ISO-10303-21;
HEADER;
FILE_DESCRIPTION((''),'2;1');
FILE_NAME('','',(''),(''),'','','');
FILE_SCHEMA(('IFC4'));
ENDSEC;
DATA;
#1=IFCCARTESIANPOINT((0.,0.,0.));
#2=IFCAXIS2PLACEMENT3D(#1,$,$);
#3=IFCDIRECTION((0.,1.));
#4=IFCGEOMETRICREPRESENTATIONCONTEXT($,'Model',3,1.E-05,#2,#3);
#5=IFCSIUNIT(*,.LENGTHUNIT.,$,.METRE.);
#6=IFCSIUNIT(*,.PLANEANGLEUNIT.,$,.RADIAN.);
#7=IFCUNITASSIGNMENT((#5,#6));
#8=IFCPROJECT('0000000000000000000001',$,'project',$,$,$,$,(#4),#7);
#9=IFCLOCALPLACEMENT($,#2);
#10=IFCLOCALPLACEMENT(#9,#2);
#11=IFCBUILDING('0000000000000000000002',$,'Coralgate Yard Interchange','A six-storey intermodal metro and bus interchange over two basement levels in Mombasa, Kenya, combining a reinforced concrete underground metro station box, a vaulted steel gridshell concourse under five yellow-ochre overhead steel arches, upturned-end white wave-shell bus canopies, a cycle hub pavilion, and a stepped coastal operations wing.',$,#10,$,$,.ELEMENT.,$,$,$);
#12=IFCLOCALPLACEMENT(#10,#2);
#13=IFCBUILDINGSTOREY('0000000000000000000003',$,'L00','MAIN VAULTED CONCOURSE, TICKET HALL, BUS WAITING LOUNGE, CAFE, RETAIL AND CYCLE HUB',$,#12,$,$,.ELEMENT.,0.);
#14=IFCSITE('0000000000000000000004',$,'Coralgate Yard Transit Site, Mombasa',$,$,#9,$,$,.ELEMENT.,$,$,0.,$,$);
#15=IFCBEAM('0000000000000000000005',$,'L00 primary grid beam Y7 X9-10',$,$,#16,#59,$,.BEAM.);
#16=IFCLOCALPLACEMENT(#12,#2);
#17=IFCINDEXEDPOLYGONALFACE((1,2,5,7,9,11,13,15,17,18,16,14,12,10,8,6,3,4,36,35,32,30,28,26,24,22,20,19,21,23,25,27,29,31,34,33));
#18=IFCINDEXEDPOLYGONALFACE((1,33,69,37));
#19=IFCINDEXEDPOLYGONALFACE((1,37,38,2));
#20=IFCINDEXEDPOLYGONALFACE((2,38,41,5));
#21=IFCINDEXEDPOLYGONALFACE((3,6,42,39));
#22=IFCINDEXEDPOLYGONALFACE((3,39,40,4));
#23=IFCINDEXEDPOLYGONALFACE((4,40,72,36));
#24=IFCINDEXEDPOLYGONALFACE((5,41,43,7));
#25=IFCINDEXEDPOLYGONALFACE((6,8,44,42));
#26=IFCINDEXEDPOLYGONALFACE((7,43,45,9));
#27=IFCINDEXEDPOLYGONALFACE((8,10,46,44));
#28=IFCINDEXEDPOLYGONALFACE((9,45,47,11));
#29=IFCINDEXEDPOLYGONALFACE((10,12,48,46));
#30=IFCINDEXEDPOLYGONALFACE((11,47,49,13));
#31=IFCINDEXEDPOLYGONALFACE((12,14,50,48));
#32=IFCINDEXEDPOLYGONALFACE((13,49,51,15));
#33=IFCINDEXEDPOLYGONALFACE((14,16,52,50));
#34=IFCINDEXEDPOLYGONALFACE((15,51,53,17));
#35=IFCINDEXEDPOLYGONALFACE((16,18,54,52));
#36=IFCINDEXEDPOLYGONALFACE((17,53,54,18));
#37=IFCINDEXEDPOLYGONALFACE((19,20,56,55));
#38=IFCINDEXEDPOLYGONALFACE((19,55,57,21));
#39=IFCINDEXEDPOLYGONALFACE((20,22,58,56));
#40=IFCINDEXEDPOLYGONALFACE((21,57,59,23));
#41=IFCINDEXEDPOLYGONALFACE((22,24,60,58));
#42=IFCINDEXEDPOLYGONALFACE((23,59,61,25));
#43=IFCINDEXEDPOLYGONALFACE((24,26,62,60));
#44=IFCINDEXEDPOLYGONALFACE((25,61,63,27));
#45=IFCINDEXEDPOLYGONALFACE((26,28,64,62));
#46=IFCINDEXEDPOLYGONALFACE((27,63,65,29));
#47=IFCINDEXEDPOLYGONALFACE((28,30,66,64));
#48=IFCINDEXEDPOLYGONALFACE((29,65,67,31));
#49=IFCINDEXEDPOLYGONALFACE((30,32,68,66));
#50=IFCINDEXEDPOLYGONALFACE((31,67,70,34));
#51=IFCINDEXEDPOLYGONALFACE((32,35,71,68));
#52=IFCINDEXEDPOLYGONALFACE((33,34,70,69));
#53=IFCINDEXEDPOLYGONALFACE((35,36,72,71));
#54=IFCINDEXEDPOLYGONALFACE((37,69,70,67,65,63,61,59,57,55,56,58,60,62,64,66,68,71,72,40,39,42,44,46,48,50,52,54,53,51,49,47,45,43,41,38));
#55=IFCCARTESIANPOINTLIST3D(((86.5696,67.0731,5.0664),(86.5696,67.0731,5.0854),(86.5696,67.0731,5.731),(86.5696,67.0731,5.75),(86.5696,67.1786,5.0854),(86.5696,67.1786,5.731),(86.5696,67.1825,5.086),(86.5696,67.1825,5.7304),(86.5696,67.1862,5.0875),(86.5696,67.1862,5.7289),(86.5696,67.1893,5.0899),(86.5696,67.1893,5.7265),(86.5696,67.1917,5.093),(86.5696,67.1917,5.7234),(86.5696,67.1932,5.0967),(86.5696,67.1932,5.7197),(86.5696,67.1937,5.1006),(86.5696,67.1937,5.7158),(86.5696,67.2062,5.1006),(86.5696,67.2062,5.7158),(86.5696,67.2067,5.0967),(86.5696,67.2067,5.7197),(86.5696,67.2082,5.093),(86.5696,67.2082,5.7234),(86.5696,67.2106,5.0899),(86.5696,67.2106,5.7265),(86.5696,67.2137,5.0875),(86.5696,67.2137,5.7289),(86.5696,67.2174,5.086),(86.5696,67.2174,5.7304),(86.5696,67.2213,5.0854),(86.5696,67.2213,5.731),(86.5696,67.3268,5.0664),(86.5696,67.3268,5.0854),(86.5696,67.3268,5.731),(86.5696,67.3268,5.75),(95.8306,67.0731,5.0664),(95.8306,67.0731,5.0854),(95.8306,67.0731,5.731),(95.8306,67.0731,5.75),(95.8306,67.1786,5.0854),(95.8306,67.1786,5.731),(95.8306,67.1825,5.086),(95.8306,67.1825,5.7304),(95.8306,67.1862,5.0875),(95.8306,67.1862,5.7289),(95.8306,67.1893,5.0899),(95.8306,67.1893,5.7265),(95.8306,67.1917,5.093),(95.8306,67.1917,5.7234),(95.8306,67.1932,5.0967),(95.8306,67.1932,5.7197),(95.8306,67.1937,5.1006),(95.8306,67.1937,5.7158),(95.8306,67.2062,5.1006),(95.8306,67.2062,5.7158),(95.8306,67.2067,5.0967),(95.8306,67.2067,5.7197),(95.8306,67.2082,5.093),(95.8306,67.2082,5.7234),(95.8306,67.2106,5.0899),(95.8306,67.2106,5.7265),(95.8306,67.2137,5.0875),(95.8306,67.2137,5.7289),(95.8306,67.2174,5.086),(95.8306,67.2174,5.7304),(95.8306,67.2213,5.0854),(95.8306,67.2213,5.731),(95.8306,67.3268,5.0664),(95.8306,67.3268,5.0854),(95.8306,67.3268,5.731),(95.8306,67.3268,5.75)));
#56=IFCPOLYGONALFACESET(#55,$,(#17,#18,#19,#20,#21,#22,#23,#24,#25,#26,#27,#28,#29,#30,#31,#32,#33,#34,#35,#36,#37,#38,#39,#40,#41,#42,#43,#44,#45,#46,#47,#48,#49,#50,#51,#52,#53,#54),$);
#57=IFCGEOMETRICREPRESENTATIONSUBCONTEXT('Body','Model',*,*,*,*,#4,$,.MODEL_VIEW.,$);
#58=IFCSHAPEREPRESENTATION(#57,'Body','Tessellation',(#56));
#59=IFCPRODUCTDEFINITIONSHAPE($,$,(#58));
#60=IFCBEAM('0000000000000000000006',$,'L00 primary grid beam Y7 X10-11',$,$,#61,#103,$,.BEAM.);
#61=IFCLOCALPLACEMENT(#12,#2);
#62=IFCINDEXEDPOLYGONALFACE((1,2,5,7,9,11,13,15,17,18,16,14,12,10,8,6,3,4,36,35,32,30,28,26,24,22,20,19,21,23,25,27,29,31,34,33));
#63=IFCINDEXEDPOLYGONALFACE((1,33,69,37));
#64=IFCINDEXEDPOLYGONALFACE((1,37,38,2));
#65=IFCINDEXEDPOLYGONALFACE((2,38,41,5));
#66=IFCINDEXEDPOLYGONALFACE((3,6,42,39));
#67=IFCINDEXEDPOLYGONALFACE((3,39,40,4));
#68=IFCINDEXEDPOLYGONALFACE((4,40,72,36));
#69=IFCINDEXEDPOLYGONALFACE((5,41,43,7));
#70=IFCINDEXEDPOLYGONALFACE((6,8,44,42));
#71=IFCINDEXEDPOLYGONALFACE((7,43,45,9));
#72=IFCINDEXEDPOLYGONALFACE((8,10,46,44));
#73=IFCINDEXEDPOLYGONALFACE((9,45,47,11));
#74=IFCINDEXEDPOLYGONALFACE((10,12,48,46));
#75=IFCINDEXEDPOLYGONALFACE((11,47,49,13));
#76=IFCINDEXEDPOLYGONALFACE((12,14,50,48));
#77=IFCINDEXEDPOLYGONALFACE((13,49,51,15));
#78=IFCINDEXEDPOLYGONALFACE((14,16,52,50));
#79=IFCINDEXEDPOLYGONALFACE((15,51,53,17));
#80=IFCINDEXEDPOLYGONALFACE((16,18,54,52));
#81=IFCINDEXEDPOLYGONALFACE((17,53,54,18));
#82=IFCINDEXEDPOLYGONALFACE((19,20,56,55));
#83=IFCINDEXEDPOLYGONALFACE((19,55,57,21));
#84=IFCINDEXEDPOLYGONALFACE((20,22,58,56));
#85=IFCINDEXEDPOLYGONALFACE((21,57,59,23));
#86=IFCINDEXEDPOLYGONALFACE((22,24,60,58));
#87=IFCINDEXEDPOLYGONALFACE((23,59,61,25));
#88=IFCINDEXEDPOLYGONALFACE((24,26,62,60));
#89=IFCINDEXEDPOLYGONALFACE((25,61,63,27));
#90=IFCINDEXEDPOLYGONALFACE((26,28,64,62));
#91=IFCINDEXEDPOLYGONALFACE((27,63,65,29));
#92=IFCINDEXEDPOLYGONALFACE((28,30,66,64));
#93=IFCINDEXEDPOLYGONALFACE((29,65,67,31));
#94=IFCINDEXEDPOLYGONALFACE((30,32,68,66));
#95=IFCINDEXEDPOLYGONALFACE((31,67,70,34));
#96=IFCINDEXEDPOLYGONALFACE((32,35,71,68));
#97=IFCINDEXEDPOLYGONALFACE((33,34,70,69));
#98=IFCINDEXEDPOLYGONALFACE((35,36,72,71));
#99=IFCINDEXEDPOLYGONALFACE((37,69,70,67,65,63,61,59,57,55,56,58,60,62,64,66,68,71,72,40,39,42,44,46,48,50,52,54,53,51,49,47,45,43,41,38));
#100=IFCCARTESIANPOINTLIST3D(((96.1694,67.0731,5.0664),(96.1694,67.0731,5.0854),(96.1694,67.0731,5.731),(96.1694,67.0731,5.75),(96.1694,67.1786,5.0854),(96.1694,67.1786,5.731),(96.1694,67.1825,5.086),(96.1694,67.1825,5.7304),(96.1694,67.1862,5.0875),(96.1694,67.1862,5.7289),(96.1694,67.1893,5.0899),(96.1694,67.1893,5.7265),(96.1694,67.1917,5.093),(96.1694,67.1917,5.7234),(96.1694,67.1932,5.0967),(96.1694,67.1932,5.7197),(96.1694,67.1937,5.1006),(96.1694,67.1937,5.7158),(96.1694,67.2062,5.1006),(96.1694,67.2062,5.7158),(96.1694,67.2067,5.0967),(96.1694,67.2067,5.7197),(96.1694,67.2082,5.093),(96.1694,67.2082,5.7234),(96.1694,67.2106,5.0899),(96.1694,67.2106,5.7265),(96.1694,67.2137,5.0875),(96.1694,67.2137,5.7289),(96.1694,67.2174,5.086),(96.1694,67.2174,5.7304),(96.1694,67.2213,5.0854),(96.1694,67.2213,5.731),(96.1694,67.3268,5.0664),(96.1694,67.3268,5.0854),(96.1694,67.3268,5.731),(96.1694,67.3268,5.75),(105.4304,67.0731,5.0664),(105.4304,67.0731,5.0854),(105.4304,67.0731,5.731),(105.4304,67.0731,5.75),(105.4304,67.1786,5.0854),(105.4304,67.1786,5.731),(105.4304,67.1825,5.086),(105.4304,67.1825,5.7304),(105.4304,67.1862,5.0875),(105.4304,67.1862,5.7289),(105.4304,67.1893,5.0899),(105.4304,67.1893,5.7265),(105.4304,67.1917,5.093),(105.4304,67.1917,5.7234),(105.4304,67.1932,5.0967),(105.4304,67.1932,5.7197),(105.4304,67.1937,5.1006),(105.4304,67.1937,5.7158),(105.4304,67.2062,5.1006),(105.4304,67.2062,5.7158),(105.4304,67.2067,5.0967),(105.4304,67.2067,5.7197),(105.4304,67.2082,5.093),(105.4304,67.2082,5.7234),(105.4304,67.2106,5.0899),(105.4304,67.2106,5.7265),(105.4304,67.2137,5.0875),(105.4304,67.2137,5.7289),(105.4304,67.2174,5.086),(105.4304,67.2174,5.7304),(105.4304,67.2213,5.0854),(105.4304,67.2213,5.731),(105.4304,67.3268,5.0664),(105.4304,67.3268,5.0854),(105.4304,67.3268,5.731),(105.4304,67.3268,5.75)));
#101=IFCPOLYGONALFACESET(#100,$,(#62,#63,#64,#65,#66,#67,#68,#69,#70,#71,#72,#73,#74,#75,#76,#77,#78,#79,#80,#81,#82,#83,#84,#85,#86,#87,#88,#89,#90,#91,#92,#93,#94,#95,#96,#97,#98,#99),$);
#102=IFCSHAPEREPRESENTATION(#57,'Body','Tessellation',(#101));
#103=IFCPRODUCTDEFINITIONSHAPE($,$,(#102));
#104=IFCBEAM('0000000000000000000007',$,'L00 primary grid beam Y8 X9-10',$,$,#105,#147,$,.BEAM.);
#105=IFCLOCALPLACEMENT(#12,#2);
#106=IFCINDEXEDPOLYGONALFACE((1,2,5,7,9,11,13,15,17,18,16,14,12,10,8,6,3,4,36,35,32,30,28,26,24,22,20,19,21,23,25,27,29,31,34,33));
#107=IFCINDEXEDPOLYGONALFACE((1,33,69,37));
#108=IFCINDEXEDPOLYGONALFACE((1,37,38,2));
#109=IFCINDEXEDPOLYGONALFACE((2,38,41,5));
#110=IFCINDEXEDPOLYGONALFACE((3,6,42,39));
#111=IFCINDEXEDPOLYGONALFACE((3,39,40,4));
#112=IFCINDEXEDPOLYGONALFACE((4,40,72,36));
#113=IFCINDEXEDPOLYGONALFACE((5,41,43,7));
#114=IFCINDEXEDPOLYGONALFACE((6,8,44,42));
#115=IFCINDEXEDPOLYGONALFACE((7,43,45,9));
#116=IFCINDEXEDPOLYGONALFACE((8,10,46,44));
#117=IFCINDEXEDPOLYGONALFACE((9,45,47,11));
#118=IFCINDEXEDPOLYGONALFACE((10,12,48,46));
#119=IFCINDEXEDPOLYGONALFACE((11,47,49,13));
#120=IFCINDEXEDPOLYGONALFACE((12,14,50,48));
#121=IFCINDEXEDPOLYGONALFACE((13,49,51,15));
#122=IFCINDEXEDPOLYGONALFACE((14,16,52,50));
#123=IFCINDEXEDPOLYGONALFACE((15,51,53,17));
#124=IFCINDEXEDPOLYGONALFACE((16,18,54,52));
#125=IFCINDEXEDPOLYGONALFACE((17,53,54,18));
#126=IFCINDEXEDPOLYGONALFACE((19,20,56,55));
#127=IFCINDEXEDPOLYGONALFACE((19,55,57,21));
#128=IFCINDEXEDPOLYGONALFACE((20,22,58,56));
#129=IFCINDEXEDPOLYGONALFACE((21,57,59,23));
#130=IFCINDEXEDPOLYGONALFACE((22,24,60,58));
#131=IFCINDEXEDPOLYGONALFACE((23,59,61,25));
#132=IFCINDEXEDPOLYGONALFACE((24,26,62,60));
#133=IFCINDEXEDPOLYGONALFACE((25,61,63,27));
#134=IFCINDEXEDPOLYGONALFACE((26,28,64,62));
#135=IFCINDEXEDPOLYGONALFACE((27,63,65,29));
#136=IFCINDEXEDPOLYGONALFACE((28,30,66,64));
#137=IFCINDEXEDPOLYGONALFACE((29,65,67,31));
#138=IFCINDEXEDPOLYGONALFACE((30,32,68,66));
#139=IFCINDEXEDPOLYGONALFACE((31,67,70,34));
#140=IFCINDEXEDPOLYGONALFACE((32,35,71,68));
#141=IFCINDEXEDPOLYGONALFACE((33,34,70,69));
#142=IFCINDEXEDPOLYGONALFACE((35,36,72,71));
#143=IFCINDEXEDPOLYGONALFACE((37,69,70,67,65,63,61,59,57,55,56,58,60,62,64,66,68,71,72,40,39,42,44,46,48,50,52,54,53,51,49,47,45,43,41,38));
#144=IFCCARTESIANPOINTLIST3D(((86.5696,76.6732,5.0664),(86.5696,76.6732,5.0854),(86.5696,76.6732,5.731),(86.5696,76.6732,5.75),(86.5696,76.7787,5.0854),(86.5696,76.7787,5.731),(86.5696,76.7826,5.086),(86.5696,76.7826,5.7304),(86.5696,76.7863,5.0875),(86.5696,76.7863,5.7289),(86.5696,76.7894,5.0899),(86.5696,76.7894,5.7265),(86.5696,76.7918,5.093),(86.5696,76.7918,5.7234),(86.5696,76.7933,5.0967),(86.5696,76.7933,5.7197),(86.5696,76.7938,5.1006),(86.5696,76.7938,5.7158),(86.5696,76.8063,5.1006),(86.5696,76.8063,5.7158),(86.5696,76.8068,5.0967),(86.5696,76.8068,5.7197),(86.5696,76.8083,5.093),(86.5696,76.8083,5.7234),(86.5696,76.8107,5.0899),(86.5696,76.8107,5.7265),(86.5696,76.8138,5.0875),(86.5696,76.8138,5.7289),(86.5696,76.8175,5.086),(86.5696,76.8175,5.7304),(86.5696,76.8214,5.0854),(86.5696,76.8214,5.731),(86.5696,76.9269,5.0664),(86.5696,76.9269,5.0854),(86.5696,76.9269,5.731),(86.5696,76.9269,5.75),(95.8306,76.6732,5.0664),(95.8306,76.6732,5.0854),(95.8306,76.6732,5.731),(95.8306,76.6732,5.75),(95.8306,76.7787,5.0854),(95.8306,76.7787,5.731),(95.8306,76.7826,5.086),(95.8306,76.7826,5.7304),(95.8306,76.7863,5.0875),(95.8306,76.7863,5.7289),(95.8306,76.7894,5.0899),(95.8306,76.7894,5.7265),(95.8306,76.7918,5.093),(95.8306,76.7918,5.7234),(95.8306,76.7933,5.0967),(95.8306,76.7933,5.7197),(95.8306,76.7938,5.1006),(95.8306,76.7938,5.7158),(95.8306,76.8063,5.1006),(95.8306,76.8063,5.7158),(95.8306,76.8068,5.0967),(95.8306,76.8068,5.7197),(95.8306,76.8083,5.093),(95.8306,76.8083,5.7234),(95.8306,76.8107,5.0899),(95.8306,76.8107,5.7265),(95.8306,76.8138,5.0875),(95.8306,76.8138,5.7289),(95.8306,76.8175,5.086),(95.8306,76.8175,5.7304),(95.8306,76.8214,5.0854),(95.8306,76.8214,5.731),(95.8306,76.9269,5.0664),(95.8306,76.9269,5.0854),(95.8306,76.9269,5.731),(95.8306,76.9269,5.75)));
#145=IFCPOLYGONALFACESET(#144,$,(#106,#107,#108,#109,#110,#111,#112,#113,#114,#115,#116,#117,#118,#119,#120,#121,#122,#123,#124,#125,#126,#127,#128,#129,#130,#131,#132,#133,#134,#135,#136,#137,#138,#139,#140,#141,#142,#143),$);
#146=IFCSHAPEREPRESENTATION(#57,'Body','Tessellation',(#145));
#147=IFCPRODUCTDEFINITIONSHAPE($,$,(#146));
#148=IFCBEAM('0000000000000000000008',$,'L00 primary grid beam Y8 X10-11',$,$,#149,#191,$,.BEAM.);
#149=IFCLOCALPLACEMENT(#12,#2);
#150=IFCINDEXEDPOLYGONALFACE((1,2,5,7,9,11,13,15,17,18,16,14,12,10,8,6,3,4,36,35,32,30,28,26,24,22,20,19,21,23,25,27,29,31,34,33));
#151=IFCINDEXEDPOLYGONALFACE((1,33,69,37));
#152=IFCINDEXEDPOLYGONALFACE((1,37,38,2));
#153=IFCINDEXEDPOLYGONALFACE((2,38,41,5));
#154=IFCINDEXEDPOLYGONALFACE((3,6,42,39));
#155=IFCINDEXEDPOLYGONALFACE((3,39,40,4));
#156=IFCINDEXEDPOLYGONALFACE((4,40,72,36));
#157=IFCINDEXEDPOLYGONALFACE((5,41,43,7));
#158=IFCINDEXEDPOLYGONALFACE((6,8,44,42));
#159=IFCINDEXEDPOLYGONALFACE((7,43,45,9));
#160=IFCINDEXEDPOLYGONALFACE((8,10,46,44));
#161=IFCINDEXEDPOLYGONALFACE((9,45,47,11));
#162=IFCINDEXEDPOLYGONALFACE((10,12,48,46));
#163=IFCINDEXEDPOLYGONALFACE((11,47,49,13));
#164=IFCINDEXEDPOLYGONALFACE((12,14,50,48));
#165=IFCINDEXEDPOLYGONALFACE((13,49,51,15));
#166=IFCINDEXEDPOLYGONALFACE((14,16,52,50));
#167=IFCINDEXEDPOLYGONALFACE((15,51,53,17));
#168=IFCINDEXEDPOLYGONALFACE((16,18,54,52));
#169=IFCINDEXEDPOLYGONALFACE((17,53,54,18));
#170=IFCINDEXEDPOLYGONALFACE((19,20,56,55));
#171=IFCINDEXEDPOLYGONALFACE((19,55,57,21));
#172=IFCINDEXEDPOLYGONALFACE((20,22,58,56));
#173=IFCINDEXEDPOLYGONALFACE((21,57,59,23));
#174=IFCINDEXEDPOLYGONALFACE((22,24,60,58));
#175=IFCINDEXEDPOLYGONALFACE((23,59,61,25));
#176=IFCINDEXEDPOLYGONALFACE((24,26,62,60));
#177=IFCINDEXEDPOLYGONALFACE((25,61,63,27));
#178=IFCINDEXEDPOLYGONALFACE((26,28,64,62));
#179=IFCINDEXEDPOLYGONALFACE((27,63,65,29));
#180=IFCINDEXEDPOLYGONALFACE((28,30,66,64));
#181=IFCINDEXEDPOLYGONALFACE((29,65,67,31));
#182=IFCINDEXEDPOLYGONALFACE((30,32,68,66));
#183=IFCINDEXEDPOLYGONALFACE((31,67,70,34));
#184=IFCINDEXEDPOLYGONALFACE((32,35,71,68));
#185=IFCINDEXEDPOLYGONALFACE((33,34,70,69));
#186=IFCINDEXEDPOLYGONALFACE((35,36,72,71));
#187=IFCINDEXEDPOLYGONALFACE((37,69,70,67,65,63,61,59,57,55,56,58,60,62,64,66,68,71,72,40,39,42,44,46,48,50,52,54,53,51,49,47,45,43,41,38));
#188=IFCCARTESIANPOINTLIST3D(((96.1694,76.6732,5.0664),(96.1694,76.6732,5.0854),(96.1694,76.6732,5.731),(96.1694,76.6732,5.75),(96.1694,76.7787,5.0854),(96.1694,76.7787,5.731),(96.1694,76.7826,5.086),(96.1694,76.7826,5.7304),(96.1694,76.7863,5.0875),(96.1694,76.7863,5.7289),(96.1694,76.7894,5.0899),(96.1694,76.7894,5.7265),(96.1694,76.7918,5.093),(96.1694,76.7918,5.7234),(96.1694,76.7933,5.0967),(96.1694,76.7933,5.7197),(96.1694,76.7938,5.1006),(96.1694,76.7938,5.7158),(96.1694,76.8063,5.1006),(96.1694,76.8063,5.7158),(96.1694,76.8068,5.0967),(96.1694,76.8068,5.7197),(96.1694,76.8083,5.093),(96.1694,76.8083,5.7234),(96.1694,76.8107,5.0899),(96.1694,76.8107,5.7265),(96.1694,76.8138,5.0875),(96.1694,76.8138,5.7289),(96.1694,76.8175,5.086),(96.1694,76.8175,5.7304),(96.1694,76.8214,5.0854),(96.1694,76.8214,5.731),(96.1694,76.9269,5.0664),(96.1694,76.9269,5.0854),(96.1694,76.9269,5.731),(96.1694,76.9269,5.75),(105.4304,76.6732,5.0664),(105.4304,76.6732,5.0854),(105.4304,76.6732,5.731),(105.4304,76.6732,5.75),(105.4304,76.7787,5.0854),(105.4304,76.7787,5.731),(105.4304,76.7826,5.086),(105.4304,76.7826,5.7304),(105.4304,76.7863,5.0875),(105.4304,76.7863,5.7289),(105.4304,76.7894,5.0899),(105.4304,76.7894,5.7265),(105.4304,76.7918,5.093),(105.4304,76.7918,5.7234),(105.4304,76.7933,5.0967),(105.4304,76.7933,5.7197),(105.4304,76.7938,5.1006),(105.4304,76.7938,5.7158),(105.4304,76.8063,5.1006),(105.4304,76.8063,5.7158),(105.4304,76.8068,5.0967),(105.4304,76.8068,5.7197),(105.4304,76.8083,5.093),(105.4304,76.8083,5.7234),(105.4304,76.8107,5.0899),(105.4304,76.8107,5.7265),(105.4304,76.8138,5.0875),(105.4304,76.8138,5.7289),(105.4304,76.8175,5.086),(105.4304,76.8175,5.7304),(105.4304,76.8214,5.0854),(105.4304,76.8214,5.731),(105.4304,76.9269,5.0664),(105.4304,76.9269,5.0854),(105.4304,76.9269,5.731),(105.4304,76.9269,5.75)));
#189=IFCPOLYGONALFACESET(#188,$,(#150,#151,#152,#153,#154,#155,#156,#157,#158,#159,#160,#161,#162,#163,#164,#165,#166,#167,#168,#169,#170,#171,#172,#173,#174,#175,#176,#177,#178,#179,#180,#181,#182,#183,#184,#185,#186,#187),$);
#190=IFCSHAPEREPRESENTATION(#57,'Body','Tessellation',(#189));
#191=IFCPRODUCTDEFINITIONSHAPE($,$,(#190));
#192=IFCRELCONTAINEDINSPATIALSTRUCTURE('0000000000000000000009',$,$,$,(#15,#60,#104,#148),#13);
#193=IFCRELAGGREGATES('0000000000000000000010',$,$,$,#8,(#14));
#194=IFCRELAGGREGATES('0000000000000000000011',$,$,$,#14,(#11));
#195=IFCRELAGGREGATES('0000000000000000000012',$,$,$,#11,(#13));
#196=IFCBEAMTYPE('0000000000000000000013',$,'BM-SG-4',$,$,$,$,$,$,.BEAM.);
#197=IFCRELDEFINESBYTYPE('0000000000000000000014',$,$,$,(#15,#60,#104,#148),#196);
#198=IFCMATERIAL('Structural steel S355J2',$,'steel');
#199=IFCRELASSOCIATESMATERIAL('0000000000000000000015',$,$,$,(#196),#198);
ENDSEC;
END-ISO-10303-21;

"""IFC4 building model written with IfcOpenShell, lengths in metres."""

from ifc_helpers import new_model, si_unit, direction, frame, origin, origin_2d, place, context, subcontext, project, spatial, i_section, extrude, material, material_profile, profile_set, type_object, element, save


model = new_model("IFC4")

# Units and contexts
model_context = context("Model", 3, precision=1e-05, world=origin(), true_north=direction((0.0, 1.0)))
body_context = subcontext(model_context, "Body", "Model", "MODEL_VIEW")
ifc_project = project(units=[si_unit("LENGTHUNIT", "METRE"), si_unit("PLANEANGLEUNIT", "RADIAN")], contexts=[model_context])

# Site, building, storey
site_placement = place(None, origin())
site = spatial("IfcSite", under=ifc_project, at=site_placement, Name="Coralgate Yard Transit Site, Mombasa", CompositionType="ELEMENT", RefElevation=0.0)
building_placement = place(site_placement, origin())
building = spatial("IfcBuilding", under=site, at=building_placement, Name="Coralgate Yard Interchange", Description="A six-storey intermodal metro and bus interchange over two basement levels in Mombasa, Kenya, combining a reinforced concrete underground metro station box, a vaulted steel gridshell concourse under five yellow-ochre overhead steel arches, upturned-end white wave-shell bus canopies, a cycle hub pavilion, and a stepped coastal operations wing.", CompositionType="ELEMENT")
storey_placement = place(building_placement, origin())
storey = spatial("IfcBuildingStorey", under=building, at=storey_placement, Name="L00", Description="MAIN VAULTED CONCOURSE, TICKET HALL, BUS WAITING LOUNGE, CAFE, RETAIL AND CYCLE HUB", CompositionType="ELEMENT", Elevation=0.0)

# Shared definitions
ifc_material_1 = material(Name="Structural steel S355J2", Category="steel")

# Beams
ifc_material_profile_1 = material_profile(ifc_material_1, i_section(OverallWidth=0.2537, OverallDepth=0.6836, WebThickness=0.0125, FlangeThickness=0.019, FilletRadius=0.0151, at=origin_2d()), Name="UB 686x254x140")
ifc_profile_set_1 = profile_set([ifc_material_profile_1], Name="Structural steel S355J2")
beam_type_1 = type_object("IfcBeamType", Name="BM-SG-4", PredefinedType="BEAM", material=ifc_profile_set_1)
for number, where, z_axis, x_axis, name in (
    (1, (86.5696, 67.2, 5.4082), (1.0, 0.0, 0.0), (0.0, 1.0, 0.0), "L00 primary grid beam Y7 X9-10"),
    (2, (96.1694, 67.2, 5.4082), (1.0, 0.0, 0.0), (0.0, 1.0, 0.0), "L00 primary grid beam Y7 X10-11"),
    (3, (86.5696, 76.8, 5.4082), (1.0, 0.0, 0.0), (0.0, 1.0, 0.0), "L00 primary grid beam Y8 X9-10"),
    (4, (96.1694, 76.8, 5.4082), (1.0, 0.0, 0.0), (0.0, 1.0, 0.0), "L00 primary grid beam Y8 X10-11"),
):
    element("IfcBeam", number, at=place(storey_placement, frame(where, z_axis=z_axis, x_axis=x_axis)), inside=storey, type_object=beam_type_1, Name=name, PredefinedType="BEAM", context=body_context, shape_type="SweptSolid", body=[
        extrude(i_section(OverallWidth=0.2537, OverallDepth=0.6836, WebThickness=0.0125, FlangeThickness=0.019, FilletRadius=0.0151, at=origin_2d()), origin(), (0.0, 0.0, 1.0), 9.261),
    ])

save(model, "model.ifc")
